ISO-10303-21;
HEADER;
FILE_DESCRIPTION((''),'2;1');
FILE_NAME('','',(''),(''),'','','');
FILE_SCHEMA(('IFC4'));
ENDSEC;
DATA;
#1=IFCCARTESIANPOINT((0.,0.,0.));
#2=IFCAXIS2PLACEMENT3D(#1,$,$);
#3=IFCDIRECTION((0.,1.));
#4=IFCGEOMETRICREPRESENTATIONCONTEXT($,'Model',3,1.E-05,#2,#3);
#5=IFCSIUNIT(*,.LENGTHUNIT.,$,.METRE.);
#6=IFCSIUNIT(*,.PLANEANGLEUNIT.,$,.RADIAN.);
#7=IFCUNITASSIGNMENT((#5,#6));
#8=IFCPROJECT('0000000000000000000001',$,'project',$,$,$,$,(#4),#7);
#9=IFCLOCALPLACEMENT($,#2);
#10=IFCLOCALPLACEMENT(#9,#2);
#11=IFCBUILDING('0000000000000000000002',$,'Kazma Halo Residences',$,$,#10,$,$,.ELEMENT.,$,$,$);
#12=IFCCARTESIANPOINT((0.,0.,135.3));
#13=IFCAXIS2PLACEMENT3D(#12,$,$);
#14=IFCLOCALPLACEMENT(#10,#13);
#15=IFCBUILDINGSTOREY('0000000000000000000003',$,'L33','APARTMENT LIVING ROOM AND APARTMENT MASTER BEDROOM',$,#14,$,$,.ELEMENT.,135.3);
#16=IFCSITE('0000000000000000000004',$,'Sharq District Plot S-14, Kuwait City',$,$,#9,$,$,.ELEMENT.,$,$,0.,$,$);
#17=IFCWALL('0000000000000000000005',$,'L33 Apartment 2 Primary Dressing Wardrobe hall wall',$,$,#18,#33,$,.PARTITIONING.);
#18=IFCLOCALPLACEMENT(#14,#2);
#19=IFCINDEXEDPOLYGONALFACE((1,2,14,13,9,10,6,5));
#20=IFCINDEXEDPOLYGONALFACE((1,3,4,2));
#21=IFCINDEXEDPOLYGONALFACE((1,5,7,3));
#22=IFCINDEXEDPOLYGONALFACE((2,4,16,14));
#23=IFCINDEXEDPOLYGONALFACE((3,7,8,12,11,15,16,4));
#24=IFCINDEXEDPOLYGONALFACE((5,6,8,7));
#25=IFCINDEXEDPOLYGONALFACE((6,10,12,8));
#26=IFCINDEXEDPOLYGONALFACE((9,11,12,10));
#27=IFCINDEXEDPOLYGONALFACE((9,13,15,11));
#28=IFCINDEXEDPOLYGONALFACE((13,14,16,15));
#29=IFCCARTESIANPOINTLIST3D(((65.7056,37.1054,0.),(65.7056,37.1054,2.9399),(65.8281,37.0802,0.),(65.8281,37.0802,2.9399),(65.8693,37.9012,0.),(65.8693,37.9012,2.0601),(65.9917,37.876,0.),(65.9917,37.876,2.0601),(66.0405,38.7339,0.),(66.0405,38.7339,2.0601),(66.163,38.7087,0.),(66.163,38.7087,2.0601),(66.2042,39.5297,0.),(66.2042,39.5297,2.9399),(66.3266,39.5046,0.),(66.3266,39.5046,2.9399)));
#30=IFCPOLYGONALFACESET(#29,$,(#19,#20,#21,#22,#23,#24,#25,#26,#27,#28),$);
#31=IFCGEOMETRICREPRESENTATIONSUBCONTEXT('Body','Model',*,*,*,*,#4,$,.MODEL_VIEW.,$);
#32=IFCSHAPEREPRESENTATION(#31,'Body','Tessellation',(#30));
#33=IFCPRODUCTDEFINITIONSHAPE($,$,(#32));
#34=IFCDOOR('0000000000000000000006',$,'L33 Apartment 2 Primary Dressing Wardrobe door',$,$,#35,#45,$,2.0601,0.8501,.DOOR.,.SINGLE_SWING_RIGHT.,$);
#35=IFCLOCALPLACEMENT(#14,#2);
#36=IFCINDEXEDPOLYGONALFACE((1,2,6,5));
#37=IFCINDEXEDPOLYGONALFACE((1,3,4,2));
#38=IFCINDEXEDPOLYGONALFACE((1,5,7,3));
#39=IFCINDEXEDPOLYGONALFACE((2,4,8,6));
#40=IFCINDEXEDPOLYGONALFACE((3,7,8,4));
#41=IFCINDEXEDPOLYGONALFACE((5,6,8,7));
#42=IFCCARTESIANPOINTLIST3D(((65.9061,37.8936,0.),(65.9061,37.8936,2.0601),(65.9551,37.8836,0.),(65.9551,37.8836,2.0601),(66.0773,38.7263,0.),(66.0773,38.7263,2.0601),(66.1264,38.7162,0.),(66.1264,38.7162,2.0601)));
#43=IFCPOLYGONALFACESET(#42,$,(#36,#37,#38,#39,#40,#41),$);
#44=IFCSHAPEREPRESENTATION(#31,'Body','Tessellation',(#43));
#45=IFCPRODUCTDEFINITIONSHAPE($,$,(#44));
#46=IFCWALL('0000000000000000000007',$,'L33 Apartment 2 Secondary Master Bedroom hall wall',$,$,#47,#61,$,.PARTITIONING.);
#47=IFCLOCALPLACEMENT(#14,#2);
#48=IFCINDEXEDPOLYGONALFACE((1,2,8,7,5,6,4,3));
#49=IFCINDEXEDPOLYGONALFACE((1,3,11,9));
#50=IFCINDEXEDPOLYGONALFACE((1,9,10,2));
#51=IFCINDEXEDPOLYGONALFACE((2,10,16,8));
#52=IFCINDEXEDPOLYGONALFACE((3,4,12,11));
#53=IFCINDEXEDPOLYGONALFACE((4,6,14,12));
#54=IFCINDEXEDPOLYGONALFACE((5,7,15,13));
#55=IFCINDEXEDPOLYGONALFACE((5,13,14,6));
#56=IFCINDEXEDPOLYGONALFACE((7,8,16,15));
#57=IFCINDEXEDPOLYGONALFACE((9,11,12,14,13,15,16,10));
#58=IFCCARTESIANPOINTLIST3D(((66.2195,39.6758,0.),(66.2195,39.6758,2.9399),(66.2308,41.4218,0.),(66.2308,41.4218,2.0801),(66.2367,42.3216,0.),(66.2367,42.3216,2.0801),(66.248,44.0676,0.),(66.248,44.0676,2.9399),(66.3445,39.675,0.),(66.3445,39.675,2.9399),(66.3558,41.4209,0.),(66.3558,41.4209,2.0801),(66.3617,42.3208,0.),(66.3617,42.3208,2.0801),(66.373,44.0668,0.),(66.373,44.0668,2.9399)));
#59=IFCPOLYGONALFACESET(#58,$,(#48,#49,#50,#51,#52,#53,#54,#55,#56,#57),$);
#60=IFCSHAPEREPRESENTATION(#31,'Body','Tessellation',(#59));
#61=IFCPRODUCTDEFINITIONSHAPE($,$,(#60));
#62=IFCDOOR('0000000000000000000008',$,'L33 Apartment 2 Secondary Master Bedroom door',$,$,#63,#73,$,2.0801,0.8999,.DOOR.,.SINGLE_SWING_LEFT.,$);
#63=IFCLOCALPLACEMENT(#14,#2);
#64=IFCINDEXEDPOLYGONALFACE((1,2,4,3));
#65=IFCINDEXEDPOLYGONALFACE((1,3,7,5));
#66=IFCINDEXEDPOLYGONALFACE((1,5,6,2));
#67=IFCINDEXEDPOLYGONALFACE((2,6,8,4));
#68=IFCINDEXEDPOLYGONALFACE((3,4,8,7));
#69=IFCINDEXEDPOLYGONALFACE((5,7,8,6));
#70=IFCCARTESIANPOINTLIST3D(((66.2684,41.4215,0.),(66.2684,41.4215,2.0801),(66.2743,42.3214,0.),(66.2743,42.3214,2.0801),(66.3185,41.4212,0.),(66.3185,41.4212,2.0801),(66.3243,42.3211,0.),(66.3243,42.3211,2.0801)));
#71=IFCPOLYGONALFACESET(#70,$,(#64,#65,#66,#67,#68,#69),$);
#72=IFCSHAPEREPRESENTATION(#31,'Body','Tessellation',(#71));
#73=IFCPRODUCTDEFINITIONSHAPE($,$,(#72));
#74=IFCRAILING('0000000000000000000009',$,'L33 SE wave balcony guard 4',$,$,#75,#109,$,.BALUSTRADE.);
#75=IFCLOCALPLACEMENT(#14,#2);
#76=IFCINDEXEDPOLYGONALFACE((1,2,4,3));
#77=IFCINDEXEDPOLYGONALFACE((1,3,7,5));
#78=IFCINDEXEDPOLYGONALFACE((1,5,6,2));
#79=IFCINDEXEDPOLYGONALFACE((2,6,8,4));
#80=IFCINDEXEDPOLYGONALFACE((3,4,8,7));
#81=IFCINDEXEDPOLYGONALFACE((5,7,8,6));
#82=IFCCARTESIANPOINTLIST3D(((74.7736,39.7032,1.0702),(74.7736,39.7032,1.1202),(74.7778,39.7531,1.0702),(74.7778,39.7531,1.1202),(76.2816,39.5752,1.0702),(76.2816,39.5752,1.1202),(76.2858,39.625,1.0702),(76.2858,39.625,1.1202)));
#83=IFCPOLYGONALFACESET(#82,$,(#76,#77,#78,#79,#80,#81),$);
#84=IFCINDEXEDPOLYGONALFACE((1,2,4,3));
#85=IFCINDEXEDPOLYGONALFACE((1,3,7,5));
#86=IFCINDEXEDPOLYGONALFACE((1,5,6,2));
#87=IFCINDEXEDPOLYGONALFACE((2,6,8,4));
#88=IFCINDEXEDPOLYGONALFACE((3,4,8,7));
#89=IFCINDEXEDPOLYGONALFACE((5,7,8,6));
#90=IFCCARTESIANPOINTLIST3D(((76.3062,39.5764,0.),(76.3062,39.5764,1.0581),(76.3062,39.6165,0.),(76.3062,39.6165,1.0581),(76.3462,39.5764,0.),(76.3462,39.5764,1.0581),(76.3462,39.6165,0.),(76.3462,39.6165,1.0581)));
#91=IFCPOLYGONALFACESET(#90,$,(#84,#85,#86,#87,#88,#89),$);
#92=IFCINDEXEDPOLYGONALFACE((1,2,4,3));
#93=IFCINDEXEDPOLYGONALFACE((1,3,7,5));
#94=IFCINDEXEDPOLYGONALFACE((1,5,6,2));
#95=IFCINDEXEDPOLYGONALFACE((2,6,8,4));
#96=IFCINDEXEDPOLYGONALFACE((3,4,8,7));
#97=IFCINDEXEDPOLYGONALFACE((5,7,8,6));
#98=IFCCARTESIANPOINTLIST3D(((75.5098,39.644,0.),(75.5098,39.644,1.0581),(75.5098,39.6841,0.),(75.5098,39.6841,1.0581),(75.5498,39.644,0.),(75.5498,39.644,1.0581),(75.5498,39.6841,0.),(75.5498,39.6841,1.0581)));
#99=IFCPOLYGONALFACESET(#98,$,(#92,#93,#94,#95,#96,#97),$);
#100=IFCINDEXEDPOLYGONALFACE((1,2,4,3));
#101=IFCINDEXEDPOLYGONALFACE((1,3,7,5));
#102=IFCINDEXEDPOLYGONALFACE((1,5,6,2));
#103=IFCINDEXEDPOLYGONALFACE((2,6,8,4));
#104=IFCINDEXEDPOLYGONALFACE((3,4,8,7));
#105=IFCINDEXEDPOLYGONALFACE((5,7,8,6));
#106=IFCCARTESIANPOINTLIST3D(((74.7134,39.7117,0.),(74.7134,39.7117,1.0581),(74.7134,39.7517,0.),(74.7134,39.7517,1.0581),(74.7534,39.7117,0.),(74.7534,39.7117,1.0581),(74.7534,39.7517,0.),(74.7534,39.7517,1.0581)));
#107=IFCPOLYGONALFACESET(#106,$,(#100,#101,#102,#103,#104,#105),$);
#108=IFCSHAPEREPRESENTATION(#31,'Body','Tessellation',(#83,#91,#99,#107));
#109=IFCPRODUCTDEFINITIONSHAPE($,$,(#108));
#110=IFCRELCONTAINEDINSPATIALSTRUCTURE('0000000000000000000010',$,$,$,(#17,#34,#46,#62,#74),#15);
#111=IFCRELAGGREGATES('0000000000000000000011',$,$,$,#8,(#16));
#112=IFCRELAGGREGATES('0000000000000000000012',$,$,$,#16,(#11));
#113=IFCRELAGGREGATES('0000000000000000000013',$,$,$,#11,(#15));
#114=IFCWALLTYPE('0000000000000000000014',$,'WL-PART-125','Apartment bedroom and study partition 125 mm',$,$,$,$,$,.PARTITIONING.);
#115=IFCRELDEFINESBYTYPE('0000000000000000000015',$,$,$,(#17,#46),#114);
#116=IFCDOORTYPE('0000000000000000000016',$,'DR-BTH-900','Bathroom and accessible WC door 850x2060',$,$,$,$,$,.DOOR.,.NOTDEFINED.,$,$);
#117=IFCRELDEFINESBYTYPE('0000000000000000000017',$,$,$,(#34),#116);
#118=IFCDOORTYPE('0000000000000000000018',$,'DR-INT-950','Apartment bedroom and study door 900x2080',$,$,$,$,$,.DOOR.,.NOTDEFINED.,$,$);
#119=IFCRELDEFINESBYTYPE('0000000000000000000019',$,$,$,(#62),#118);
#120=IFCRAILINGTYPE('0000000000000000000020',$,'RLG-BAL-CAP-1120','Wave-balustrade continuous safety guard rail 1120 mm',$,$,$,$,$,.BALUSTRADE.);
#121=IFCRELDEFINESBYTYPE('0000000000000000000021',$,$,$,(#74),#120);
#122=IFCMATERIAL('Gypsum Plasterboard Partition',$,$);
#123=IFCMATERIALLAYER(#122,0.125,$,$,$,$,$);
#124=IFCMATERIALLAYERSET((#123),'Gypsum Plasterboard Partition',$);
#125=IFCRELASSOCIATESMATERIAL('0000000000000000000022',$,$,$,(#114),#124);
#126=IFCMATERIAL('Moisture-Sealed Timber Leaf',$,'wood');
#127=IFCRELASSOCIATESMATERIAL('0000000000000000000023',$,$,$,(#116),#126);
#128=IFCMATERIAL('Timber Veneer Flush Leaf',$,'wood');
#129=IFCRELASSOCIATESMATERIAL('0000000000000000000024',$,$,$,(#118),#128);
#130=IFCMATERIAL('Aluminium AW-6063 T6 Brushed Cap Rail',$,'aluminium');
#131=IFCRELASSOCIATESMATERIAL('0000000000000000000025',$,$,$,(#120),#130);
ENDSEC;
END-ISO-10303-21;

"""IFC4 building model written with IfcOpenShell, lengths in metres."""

from ifc_helpers import new_model, si_unit, direction, frame, frame_2d, origin, origin_2d, place, context, subcontext, project, spatial, rectangle, extrude, material, layer, layer_set, type_object, element, fill, save


model = new_model("IFC4")

# Units and contexts
model_context = context("Model", 3, precision=1e-05, world=origin(), true_north=direction((0.0, 1.0)))
body_context = subcontext(model_context, "Body", "Model", "MODEL_VIEW")
ifc_project = project(units=[si_unit("LENGTHUNIT", "METRE"), si_unit("PLANEANGLEUNIT", "RADIAN")], contexts=[model_context])

# Site, building, storey
site_placement = place(None, origin())
site = spatial("IfcSite", under=ifc_project, at=site_placement, Name="Sharq District Plot S-14, Kuwait City", CompositionType="ELEMENT", RefElevation=0.0)
building_placement = place(site_placement, origin())
building = spatial("IfcBuilding", under=site, at=building_placement, Name="Kazma Halo Residences", CompositionType="ELEMENT")
storey_placement = place(building_placement, frame((0.0, 0.0, 135.3)))
storey = spatial("IfcBuildingStorey", under=building, at=storey_placement, Name="L33", Description="APARTMENT LIVING ROOM AND APARTMENT MASTER BEDROOM", CompositionType="ELEMENT", Elevation=135.3)

# Shared definitions
ifc_material_1 = material(Name="Gypsum Plasterboard Partition")
ifc_layer_1 = layer(ifc_material_1, 0.125)
ifc_layer_set_1 = layer_set([ifc_layer_1], Name="Gypsum Plasterboard Partition")
wall_type_1 = type_object("IfcWallType", Name="WL-PART-125", Description="Apartment bedroom and study partition 125 mm", PredefinedType="PARTITIONING", material=ifc_layer_set_1)

# Walls, openings, doors
wall_1_placement = place(storey_placement, frame((65.7668, 37.0928, 0.0), z_axis=(0.0, 0.0, 1.0), x_axis=(0.201425, 0.979504, 0.0)))
wall_1 = element("IfcWall", 1, at=wall_1_placement, inside=storey, type_object=wall_type_1, Name="L33 Apartment 2 Primary Dressing Wardrobe hall wall", PredefinedType="PARTITIONING", context=body_context, shape_type="SweptSolid", body=[
    extrude(rectangle(XDim=2.4751, YDim=0.125, at=frame_2d((1.2375, 0.0))), origin(), (0.0, 0.0, 1.0), 2.9399),
])
opening_1_placement = place(wall_1_placement, frame((0.8125, 0.0, 0.0)))
opening_1 = element("IfcOpeningElement", 2, at=opening_1_placement, cuts=wall_1, PredefinedType="OPENING", context=body_context, shape_type="SweptSolid", body=[
    extrude(rectangle(XDim=0.8501, YDim=2.0601, at=frame_2d((0.425, 1.03))), frame((0.0, 0.0725, 0.0), z_axis=(0.0, -1.0, 0.0), x_axis=(1.0, 0.0, 0.0)), (0.0, 0.0, 1.0), 0.145),
])
ifc_material_2 = material(Name="Moisture-Sealed Timber Leaf", Category="wood")
door_type_1 = type_object("IfcDoorType", Name="DR-BTH-900", Description="Bathroom and accessible WC door 850x2060", OperationType="NOTDEFINED", PredefinedType="DOOR", material=ifc_material_2)
door_1_placement = place(opening_1_placement, origin())
door_1 = element("IfcDoor", 3, at=door_1_placement, inside=storey, type_object=door_type_1, Name="L33 Apartment 2 Primary Dressing Wardrobe door", OperationType="SINGLE_SWING_RIGHT", OverallHeight=2.0601, OverallWidth=0.8501, PredefinedType="DOOR", context=body_context, shape_type="SweptSolid", body=[
    extrude(rectangle(XDim=0.8501, YDim=2.0601, at=frame_2d((0.425, 1.03))), frame((0.0, 0.0249, 0.0), z_axis=(0.0, -1.0, 0.0), x_axis=(1.0, 0.0, 0.0)), (0.0, 0.0, 1.0), 0.05),
])
fill(opening_1, door_1)
wall_2_placement = place(storey_placement, frame((66.282, 39.6755, 0.0), z_axis=(0.0, 0.0, 1.0), x_axis=(0.006504, 0.999979, 0.0)))
wall_2 = element("IfcWall", 4, at=wall_2_placement, inside=storey, type_object=wall_type_1, Name="L33 Apartment 2 Secondary Master Bedroom hall wall", PredefinedType="PARTITIONING", context=body_context, shape_type="SweptSolid", body=[
    extrude(rectangle(XDim=4.3918, YDim=0.125, at=frame_2d((2.1958, 0.0))), origin(), (0.0, 0.0, 1.0), 2.9399),
])
opening_2_placement = place(wall_2_placement, frame((1.7458, 0.0, 0.0)))
opening_2 = element("IfcOpeningElement", 5, at=opening_2_placement, cuts=wall_2, PredefinedType="OPENING", context=body_context, shape_type="SweptSolid", body=[
    extrude(rectangle(XDim=0.8999, YDim=2.0801, at=frame_2d((0.45, 1.04))), frame((0.0, 0.0725, 0.0), z_axis=(0.0, -1.0, 0.0), x_axis=(1.0, 0.0, 0.0)), (0.0, 0.0, 1.0), 0.145),
])
ifc_material_3 = material(Name="Timber Veneer Flush Leaf", Category="wood")
door_type_2 = type_object("IfcDoorType", Name="DR-INT-950", Description="Apartment bedroom and study door 900x2080", OperationType="NOTDEFINED", PredefinedType="DOOR", material=ifc_material_3)
door_2_placement = place(opening_2_placement, origin())
door_2 = element("IfcDoor", 6, at=door_2_placement, inside=storey, type_object=door_type_2, Name="L33 Apartment 2 Secondary Master Bedroom door", OperationType="SINGLE_SWING_LEFT", OverallHeight=2.0801, OverallWidth=0.8999, PredefinedType="DOOR", context=body_context, shape_type="SweptSolid", body=[
    extrude(rectangle(XDim=0.8999, YDim=2.0801, at=frame_2d((0.45, 1.04))), frame((0.0, 0.0249, 0.0), z_axis=(0.0, -1.0, 0.0), x_axis=(1.0, 0.0, 0.0)), (0.0, 0.0, 1.0), 0.05),
])
fill(opening_2, door_2)

# Railing
ifc_material_4 = material(Name="Aluminium AW-6063 T6 Brushed Cap Rail", Category="aluminium")
railing_type = type_object("IfcRailingType", Name="RLG-BAL-CAP-1120", Description="Wave-balustrade continuous safety guard rail 1120 mm", PredefinedType="BALUSTRADE", material=ifc_material_4)
railing_placement = place(storey_placement, frame((76.3262, 39.5964, 0.0)))
element("IfcRailing", 7, at=railing_placement, inside=storey, type_object=railing_type, Name="L33 SE wave balcony guard 4", PredefinedType="BALUSTRADE", context=body_context, shape_type="SweptSolid", body=[
    extrude(rectangle(XDim=0.05, YDim=0.05, at=origin_2d()), frame((-0.0425, 0.0037, 1.0952), z_axis=(-0.996414, 0.084613, 0.0), x_axis=(-0.084613, -0.996414, 0.0)), (0.0, 0.0, 1.0), 1.5134),
    extrude(rectangle(XDim=0.04, YDim=0.04, at=origin_2d()), origin(), (0.0, 0.0, 1.0), 1.0581),
    extrude(rectangle(XDim=0.04, YDim=0.04, at=origin_2d()), frame((-0.7964, 0.0676, 0.0)), (0.0, 0.0, 1.0), 1.0581),
    extrude(rectangle(XDim=0.04, YDim=0.04, at=origin_2d()), frame((-1.5928, 0.1353, 0.0)), (0.0, 0.0, 1.0), 1.0581),
])

save(model, "model.ifc")
